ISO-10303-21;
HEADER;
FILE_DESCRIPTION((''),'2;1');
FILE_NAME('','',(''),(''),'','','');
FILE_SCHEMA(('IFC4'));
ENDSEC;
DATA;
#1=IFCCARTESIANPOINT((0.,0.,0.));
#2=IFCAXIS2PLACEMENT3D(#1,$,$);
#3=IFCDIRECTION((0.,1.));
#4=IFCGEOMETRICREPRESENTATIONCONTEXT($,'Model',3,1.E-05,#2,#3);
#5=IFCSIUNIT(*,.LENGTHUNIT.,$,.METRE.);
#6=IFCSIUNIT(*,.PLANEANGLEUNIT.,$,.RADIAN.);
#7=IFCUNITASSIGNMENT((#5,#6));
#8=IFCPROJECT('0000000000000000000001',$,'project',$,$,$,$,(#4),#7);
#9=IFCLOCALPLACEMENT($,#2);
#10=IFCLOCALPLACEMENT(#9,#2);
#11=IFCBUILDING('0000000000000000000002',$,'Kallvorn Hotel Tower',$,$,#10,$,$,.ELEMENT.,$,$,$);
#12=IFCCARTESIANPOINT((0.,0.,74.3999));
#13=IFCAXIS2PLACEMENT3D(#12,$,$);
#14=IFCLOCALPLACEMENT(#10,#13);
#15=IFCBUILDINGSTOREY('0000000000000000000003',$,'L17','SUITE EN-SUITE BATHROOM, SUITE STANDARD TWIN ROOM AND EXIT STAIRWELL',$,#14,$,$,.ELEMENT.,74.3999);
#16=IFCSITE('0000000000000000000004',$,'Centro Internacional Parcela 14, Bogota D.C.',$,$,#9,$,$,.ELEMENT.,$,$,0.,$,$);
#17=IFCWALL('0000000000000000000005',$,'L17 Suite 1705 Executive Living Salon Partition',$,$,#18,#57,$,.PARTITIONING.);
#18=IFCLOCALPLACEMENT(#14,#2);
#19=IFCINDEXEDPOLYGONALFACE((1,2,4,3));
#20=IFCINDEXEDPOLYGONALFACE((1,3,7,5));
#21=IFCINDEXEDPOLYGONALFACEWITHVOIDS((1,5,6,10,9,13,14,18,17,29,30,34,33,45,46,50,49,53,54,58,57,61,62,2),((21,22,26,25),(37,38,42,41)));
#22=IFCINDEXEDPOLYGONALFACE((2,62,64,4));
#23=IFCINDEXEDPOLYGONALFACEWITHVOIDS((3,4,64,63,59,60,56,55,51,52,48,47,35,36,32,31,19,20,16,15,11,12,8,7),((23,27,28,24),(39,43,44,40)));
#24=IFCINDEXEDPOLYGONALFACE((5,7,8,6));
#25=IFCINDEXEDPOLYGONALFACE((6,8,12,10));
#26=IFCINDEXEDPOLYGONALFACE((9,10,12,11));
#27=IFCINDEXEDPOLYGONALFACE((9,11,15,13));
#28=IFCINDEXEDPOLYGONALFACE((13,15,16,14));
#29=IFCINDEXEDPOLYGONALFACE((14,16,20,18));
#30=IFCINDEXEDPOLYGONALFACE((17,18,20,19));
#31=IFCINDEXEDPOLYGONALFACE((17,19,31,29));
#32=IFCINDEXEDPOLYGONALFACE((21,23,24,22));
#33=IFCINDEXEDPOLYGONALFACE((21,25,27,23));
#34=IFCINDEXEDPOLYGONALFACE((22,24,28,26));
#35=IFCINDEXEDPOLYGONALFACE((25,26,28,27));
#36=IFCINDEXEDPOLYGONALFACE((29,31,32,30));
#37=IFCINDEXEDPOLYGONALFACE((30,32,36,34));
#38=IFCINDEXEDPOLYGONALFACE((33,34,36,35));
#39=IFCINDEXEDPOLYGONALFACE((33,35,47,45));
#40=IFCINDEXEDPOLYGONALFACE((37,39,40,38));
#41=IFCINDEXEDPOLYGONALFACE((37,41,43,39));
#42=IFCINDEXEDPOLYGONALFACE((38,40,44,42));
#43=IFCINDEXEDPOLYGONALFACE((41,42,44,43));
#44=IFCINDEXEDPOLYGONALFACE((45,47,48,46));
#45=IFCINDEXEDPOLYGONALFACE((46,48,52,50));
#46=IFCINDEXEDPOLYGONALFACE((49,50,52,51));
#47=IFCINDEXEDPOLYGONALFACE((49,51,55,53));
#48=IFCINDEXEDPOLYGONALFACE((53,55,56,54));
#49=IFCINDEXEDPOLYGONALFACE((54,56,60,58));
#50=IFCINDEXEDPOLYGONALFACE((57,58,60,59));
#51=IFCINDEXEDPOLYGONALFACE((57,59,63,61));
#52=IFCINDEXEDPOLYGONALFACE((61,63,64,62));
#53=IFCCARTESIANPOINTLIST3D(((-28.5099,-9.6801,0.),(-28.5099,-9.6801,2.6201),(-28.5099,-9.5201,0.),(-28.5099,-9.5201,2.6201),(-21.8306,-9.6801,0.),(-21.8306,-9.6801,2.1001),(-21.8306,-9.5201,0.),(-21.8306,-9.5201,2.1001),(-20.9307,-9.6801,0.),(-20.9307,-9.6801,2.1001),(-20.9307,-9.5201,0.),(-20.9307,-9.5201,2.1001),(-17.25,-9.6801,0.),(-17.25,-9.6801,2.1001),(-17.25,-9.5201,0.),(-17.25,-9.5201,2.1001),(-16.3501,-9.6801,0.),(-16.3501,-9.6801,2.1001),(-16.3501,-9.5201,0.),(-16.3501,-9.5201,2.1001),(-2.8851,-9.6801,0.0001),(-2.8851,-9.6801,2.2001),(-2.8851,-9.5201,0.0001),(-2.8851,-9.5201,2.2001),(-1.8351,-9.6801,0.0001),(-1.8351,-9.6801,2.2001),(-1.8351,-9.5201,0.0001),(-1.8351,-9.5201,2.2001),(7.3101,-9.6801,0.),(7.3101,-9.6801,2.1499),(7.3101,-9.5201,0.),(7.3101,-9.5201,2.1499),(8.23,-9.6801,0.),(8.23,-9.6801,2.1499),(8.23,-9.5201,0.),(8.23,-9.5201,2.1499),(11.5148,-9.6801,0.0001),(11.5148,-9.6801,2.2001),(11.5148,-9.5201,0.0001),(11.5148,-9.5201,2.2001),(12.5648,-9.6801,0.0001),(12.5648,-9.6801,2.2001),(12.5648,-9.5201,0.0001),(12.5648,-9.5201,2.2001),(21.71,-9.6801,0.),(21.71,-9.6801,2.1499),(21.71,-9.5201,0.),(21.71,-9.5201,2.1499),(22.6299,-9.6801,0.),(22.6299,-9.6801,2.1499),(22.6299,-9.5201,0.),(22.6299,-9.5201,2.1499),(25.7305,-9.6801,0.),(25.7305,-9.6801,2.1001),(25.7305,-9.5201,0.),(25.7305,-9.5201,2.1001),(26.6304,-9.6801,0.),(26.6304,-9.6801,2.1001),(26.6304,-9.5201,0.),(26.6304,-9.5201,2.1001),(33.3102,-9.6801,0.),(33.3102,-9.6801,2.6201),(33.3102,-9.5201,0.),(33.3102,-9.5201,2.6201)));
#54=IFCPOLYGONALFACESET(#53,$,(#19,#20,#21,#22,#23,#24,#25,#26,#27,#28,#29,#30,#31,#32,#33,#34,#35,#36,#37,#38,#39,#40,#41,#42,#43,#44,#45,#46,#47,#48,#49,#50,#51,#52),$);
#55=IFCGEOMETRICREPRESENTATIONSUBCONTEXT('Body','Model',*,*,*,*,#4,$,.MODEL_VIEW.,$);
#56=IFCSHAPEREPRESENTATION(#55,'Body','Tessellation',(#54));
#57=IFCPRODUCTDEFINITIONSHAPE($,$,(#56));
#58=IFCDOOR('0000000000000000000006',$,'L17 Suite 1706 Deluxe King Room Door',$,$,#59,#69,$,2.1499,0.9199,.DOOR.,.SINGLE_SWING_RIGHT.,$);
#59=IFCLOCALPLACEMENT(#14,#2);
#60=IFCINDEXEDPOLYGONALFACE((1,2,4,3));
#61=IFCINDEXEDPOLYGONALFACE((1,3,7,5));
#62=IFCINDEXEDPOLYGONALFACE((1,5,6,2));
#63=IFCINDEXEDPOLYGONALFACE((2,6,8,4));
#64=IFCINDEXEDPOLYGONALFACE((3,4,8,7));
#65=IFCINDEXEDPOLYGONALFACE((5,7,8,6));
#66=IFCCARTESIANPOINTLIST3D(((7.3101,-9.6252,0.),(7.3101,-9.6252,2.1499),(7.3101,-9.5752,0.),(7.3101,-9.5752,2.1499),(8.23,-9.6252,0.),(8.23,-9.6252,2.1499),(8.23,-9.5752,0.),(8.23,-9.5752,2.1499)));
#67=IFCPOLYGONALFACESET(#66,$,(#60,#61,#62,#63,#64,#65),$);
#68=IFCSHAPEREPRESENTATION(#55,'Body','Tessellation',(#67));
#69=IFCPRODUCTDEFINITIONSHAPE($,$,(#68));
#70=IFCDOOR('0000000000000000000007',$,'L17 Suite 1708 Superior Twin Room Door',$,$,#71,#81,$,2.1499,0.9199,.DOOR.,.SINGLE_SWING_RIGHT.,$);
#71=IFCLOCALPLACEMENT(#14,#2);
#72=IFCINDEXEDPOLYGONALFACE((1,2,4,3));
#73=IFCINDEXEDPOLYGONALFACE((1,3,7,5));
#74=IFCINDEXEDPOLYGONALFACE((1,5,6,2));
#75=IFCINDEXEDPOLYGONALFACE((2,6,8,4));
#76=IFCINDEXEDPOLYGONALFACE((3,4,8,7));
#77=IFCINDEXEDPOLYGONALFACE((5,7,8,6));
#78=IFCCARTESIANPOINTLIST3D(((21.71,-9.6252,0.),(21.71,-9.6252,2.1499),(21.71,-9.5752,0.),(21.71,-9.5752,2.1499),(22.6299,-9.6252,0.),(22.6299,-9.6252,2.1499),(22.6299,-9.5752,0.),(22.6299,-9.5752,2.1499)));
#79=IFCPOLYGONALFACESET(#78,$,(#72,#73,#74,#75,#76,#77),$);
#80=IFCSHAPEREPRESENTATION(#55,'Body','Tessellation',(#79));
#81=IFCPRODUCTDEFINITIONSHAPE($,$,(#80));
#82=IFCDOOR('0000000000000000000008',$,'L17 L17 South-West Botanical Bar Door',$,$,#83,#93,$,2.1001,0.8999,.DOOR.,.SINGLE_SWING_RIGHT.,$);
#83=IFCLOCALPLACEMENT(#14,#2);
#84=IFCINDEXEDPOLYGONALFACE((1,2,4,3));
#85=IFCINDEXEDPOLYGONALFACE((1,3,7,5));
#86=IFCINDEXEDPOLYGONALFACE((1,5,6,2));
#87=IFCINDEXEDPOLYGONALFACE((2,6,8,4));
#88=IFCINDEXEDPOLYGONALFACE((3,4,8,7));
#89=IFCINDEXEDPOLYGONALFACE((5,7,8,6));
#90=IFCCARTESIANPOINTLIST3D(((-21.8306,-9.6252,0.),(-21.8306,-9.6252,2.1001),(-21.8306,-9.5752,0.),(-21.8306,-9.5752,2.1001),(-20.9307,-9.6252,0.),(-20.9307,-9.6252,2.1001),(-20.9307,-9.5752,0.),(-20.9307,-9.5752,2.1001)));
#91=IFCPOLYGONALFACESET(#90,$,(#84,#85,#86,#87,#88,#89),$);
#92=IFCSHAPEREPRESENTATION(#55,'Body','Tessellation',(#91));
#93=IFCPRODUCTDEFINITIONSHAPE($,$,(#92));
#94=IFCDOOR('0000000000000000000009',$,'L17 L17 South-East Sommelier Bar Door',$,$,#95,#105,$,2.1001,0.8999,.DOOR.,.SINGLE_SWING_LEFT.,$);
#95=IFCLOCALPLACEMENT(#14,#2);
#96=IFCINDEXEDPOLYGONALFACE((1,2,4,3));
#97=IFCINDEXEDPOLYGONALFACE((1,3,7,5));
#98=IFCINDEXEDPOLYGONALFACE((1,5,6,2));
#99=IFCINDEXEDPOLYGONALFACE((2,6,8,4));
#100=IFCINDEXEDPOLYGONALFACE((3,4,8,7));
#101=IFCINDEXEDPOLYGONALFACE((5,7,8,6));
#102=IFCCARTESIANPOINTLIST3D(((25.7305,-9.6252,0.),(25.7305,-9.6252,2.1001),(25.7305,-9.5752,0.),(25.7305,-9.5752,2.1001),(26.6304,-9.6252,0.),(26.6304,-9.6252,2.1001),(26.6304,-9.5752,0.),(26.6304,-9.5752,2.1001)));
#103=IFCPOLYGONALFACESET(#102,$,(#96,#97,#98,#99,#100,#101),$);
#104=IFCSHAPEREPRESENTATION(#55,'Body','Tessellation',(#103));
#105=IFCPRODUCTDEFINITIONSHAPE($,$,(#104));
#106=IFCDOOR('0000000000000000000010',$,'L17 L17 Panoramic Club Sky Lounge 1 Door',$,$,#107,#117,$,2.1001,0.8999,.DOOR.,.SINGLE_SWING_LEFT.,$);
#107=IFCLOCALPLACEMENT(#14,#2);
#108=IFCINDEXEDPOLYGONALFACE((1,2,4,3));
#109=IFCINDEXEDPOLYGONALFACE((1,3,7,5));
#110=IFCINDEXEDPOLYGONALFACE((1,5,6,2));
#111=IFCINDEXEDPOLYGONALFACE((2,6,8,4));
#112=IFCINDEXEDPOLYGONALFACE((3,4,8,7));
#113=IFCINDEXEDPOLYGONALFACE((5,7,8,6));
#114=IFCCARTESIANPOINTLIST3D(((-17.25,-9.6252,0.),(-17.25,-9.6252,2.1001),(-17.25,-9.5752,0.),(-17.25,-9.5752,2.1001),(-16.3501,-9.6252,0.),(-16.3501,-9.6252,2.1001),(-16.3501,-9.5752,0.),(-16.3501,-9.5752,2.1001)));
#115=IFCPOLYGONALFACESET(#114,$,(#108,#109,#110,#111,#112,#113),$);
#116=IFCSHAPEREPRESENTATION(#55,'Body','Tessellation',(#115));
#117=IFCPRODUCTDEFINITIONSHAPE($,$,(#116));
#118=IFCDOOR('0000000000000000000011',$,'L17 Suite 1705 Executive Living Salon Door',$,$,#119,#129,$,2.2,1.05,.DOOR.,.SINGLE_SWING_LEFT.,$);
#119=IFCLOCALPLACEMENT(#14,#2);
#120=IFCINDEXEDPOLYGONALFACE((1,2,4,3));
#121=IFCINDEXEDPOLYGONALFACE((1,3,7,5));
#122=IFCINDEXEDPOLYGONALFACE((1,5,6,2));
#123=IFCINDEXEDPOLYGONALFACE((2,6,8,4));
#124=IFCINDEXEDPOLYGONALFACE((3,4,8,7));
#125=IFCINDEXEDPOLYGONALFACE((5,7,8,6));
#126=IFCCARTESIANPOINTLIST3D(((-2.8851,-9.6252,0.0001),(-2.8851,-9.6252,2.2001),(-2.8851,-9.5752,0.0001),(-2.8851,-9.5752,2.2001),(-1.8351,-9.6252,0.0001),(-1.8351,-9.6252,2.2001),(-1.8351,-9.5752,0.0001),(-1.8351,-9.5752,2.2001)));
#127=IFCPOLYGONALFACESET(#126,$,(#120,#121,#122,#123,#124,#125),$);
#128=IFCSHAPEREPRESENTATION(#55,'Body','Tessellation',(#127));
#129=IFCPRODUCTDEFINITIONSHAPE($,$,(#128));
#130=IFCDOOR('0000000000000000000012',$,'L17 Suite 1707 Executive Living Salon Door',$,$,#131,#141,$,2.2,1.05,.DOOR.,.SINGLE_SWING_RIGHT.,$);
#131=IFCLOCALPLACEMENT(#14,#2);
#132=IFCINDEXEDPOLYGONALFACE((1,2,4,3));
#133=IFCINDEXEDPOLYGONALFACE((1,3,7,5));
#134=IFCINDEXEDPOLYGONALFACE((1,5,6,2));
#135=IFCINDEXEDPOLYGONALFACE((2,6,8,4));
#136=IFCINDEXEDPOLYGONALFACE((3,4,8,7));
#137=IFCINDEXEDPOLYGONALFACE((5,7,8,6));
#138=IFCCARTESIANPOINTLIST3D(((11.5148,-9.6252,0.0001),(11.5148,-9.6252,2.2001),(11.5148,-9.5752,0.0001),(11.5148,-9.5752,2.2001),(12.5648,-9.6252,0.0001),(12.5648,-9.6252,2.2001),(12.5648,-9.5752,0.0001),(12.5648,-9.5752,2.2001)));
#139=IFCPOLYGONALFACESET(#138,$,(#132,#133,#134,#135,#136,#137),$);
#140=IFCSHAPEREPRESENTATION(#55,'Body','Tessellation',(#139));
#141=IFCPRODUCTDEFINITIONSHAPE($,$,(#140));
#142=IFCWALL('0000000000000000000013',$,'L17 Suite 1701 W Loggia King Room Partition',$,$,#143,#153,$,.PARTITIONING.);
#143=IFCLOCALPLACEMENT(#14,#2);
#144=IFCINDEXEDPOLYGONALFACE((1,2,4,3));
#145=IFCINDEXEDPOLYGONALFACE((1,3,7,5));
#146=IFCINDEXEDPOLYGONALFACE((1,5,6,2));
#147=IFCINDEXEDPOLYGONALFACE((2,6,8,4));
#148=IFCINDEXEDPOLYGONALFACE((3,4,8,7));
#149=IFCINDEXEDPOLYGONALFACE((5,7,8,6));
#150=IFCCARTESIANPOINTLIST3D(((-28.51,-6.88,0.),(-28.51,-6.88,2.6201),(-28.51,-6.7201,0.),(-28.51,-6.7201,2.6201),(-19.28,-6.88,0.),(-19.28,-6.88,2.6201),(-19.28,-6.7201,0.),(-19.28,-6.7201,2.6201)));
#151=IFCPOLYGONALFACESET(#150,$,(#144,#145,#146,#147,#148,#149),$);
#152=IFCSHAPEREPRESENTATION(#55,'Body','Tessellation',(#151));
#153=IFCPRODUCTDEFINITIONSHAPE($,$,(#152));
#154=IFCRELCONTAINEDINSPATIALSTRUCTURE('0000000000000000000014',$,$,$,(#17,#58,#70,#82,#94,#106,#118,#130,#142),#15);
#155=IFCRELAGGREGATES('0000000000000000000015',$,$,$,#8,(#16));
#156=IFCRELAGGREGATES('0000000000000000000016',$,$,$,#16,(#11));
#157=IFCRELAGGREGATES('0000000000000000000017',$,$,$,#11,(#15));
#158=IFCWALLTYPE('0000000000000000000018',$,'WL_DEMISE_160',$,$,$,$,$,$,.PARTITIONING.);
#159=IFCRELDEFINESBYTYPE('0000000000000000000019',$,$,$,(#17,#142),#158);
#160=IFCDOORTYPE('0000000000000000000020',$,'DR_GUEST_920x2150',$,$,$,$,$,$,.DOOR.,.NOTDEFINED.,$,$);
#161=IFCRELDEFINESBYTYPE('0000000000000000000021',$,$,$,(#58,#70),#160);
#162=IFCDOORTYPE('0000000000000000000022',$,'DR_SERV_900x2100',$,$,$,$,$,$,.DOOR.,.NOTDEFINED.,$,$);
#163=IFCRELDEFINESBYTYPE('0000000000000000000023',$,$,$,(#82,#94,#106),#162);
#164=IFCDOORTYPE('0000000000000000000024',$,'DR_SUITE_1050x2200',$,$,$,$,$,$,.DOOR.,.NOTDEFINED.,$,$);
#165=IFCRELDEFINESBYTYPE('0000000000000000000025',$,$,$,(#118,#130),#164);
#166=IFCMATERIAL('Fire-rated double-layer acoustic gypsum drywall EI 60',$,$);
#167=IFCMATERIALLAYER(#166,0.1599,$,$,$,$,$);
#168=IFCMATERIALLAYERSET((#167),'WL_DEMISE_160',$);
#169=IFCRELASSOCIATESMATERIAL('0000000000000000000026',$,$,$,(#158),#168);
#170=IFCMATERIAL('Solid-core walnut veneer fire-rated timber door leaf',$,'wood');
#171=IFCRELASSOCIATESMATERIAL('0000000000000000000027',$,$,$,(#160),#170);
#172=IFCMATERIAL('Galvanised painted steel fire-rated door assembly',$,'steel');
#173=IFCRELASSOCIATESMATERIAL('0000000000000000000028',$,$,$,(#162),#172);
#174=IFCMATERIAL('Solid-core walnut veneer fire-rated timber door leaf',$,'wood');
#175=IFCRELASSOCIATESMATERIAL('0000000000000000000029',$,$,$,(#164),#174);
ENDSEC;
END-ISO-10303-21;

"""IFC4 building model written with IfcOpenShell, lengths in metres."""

from ifc_helpers import new_model, si_unit, direction, frame, frame_2d, origin, place, context, subcontext, project, spatial, rectangle, extrude, material, layer, layer_set, type_object, element, fill, save


model = new_model("IFC4")

# Units and contexts
model_context = context("Model", 3, precision=1e-05, world=origin(), true_north=direction((0.0, 1.0)))
body_context = subcontext(model_context, "Body", "Model", "MODEL_VIEW")
ifc_project = project(units=[si_unit("LENGTHUNIT", "METRE"), si_unit("PLANEANGLEUNIT", "RADIAN")], contexts=[model_context])

# Site, building, storey
site_placement = place(None, origin())
site = spatial("IfcSite", under=ifc_project, at=site_placement, Name="Centro Internacional Parcela 14, Bogota D.C.", CompositionType="ELEMENT", RefElevation=0.0)
building_placement = place(site_placement, origin())
building = spatial("IfcBuilding", under=site, at=building_placement, Name="Kallvorn Hotel Tower", CompositionType="ELEMENT")
storey_placement = place(building_placement, frame((0.0, 0.0, 74.3999)))
storey = spatial("IfcBuildingStorey", under=building, at=storey_placement, Name="L17", Description="SUITE EN-SUITE BATHROOM, SUITE STANDARD TWIN ROOM AND EXIT STAIRWELL", CompositionType="ELEMENT", Elevation=74.3999)

# Wall, openings, doors
ifc_material_1 = material(Name="Fire-rated double-layer acoustic gypsum drywall EI 60")
ifc_layer = layer(ifc_material_1, 0.1599)
ifc_layer_set = layer_set([ifc_layer], Name="WL_DEMISE_160")
wall_type = type_object("IfcWallType", Name="WL_DEMISE_160", PredefinedType="PARTITIONING", material=ifc_layer_set)
wall_1_placement = place(storey_placement, frame((-28.51, -9.6001, 0.0), z_axis=(0.0, 0.0, 1.0), x_axis=(1.0, 0.0, 0.0)))
wall_1 = element("IfcWall", 1, at=wall_1_placement, inside=storey, type_object=wall_type, Name="L17 Suite 1705 Executive Living Salon Partition", PredefinedType="PARTITIONING", context=body_context, shape_type="SweptSolid", body=[
    extrude(rectangle(XDim=61.8201, YDim=0.1599, at=frame_2d((30.9102, 0.0))), origin(), (0.0, 0.0, 1.0), 2.6201),
])
opening_1_placement = place(wall_1_placement, frame((6.6794, 0.0, 0.0)))
opening_1 = element("IfcOpeningElement", 2, at=opening_1_placement, cuts=wall_1, PredefinedType="OPENING", context=body_context, shape_type="SweptSolid", body=[
    extrude(rectangle(XDim=0.8999, YDim=2.1001, at=frame_2d((0.45, 1.05))), frame((0.0, 0.095, 0.0), z_axis=(0.0, -1.0, 0.0), x_axis=(1.0, 0.0, 0.0)), (0.0, 0.0, 1.0), 0.1899),
])
opening_2_placement = place(wall_1_placement, frame((54.2405, 0.0, 0.0)))
opening_2 = element("IfcOpeningElement", 3, at=opening_2_placement, cuts=wall_1, PredefinedType="OPENING", context=body_context, shape_type="SweptSolid", body=[
    extrude(rectangle(XDim=0.8999, YDim=2.1001, at=frame_2d((0.45, 1.05))), frame((0.0, 0.095, 0.0), z_axis=(0.0, -1.0, 0.0), x_axis=(1.0, 0.0, 0.0)), (0.0, 0.0, 1.0), 0.1899),
])
opening_3_placement = place(wall_1_placement, frame((11.26, 0.0, 0.0)))
opening_3 = element("IfcOpeningElement", 4, at=opening_3_placement, cuts=wall_1, PredefinedType="OPENING", context=body_context, shape_type="SweptSolid", body=[
    extrude(rectangle(XDim=0.8999, YDim=2.1001, at=frame_2d((0.45, 1.05))), frame((0.0, 0.095, 0.0), z_axis=(0.0, -1.0, 0.0), x_axis=(1.0, 0.0, 0.0)), (0.0, 0.0, 1.0), 0.1899),
])
opening_4_placement = place(wall_1_placement, frame((25.625, 0.0, 0.0)))
opening_4 = element("IfcOpeningElement", 5, at=opening_4_placement, cuts=wall_1, PredefinedType="OPENING", context=body_context, shape_type="SweptSolid", body=[
    extrude(rectangle(XDim=1.05, YDim=2.2, at=frame_2d((0.5249, 1.1001))), frame((0.0, 0.095, 0.0), z_axis=(0.0, -1.0, 0.0), x_axis=(1.0, 0.0, 0.0)), (0.0, 0.0, 1.0), 0.1899),
])
opening_5_placement = place(wall_1_placement, frame((35.8201, 0.0, 0.0)))
opening_5 = element("IfcOpeningElement", 6, at=opening_5_placement, cuts=wall_1, PredefinedType="OPENING", context=body_context, shape_type="SweptSolid", body=[
    extrude(rectangle(XDim=0.9199, YDim=2.1499, at=frame_2d((0.46, 1.075))), frame((0.0, 0.095, 0.0), z_axis=(0.0, -1.0, 0.0), x_axis=(1.0, 0.0, 0.0)), (0.0, 0.0, 1.0), 0.1899),
])
opening_6_placement = place(wall_1_placement, frame((40.0249, 0.0, 0.0)))
opening_6 = element("IfcOpeningElement", 7, at=opening_6_placement, cuts=wall_1, PredefinedType="OPENING", context=body_context, shape_type="SweptSolid", body=[
    extrude(rectangle(XDim=1.05, YDim=2.2, at=frame_2d((0.5249, 1.1001))), frame((0.0, 0.095, 0.0), z_axis=(0.0, -1.0, 0.0), x_axis=(1.0, 0.0, 0.0)), (0.0, 0.0, 1.0), 0.1899),
])
opening_7_placement = place(wall_1_placement, frame((50.22, 0.0, 0.0)))
opening_7 = element("IfcOpeningElement", 8, at=opening_7_placement, cuts=wall_1, PredefinedType="OPENING", context=body_context, shape_type="SweptSolid", body=[
    extrude(rectangle(XDim=0.9199, YDim=2.1499, at=frame_2d((0.46, 1.075))), frame((0.0, 0.095, 0.0), z_axis=(0.0, -1.0, 0.0), x_axis=(1.0, 0.0, 0.0)), (0.0, 0.0, 1.0), 0.1899),
])
ifc_material_2 = material(Name="Solid-core walnut veneer fire-rated timber door leaf", Category="wood")
door_type_1 = type_object("IfcDoorType", Name="DR_GUEST_920x2150", OperationType="NOTDEFINED", PredefinedType="DOOR", material=ifc_material_2)
door_1_placement = place(opening_5_placement, origin())
door_1 = element("IfcDoor", 9, at=door_1_placement, inside=storey, type_object=door_type_1, Name="L17 Suite 1706 Deluxe King Room Door", OperationType="SINGLE_SWING_RIGHT", OverallHeight=2.1499, OverallWidth=0.9199, PredefinedType="DOOR", context=body_context, shape_type="SweptSolid", body=[
    extrude(rectangle(XDim=0.9199, YDim=2.1499, at=frame_2d((0.46, 1.075))), frame((0.0, 0.0249, 0.0), z_axis=(0.0, -1.0, 0.0), x_axis=(1.0, 0.0, 0.0)), (0.0, 0.0, 1.0), 0.05),
])
fill(opening_5, door_1)
door_2_placement = place(opening_7_placement, origin())
door_2 = element("IfcDoor", 10, at=door_2_placement, inside=storey, type_object=door_type_1, Name="L17 Suite 1708 Superior Twin Room Door", OperationType="SINGLE_SWING_RIGHT", OverallHeight=2.1499, OverallWidth=0.9199, PredefinedType="DOOR", context=body_context, shape_type="SweptSolid", body=[
    extrude(rectangle(XDim=0.9199, YDim=2.1499, at=frame_2d((0.46, 1.075))), frame((0.0, 0.0249, 0.0), z_axis=(0.0, -1.0, 0.0), x_axis=(1.0, 0.0, 0.0)), (0.0, 0.0, 1.0), 0.05),
])
fill(opening_7, door_2)
ifc_material_3 = material(Name="Galvanised painted steel fire-rated door assembly", Category="steel")
door_type_2 = type_object("IfcDoorType", Name="DR_SERV_900x2100", OperationType="NOTDEFINED", PredefinedType="DOOR", material=ifc_material_3)
door_3_placement = place(opening_1_placement, origin())
door_3 = element("IfcDoor", 11, at=door_3_placement, inside=storey, type_object=door_type_2, Name="L17 L17 South-West Botanical Bar Door", OperationType="SINGLE_SWING_RIGHT", OverallHeight=2.1001, OverallWidth=0.8999, PredefinedType="DOOR", context=body_context, shape_type="SweptSolid", body=[
    extrude(rectangle(XDim=0.8999, YDim=2.1001, at=frame_2d((0.45, 1.05))), frame((0.0, 0.0249, 0.0), z_axis=(0.0, -1.0, 0.0), x_axis=(1.0, 0.0, 0.0)), (0.0, 0.0, 1.0), 0.05),
])
fill(opening_1, door_3)
door_4_placement = place(opening_2_placement, origin())
door_4 = element("IfcDoor", 12, at=door_4_placement, inside=storey, type_object=door_type_2, Name="L17 L17 South-East Sommelier Bar Door", OperationType="SINGLE_SWING_LEFT", OverallHeight=2.1001, OverallWidth=0.8999, PredefinedType="DOOR", context=body_context, shape_type="SweptSolid", body=[
    extrude(rectangle(XDim=0.8999, YDim=2.1001, at=frame_2d((0.45, 1.05))), frame((0.0, 0.0249, 0.0), z_axis=(0.0, -1.0, 0.0), x_axis=(1.0, 0.0, 0.0)), (0.0, 0.0, 1.0), 0.05),
])
fill(opening_2, door_4)
door_5_placement = place(opening_3_placement, origin())
door_5 = element("IfcDoor", 13, at=door_5_placement, inside=storey, type_object=door_type_2, Name="L17 L17 Panoramic Club Sky Lounge 1 Door", OperationType="SINGLE_SWING_LEFT", OverallHeight=2.1001, OverallWidth=0.8999, PredefinedType="DOOR", context=body_context, shape_type="SweptSolid", body=[
    extrude(rectangle(XDim=0.8999, YDim=2.1001, at=frame_2d((0.45, 1.05))), frame((0.0, 0.0249, 0.0), z_axis=(0.0, -1.0, 0.0), x_axis=(1.0, 0.0, 0.0)), (0.0, 0.0, 1.0), 0.05),
])
fill(opening_3, door_5)
ifc_material_4 = material(Name="Solid-core walnut veneer fire-rated timber door leaf", Category="wood")
door_type_3 = type_object("IfcDoorType", Name="DR_SUITE_1050x2200", OperationType="NOTDEFINED", PredefinedType="DOOR", material=ifc_material_4)
door_6_placement = place(opening_4_placement, origin())
door_6 = element("IfcDoor", 14, at=door_6_placement, inside=storey, type_object=door_type_3, Name="L17 Suite 1705 Executive Living Salon Door", OperationType="SINGLE_SWING_LEFT", OverallHeight=2.2, OverallWidth=1.05, PredefinedType="DOOR", context=body_context, shape_type="SweptSolid", body=[
    extrude(rectangle(XDim=1.05, YDim=2.2, at=frame_2d((0.5249, 1.1001))), frame((0.0, 0.0249, 0.0), z_axis=(0.0, -1.0, 0.0), x_axis=(1.0, 0.0, 0.0)), (0.0, 0.0, 1.0), 0.05),
])
fill(opening_4, door_6)
door_7_placement = place(opening_6_placement, origin())
door_7 = element("IfcDoor", 15, at=door_7_placement, inside=storey, type_object=door_type_3, Name="L17 Suite 1707 Executive Living Salon Door", OperationType="SINGLE_SWING_RIGHT", OverallHeight=2.2, OverallWidth=1.05, PredefinedType="DOOR", context=body_context, shape_type="SweptSolid", body=[
    extrude(rectangle(XDim=1.05, YDim=2.2, at=frame_2d((0.5249, 1.1001))), frame((0.0, 0.0249, 0.0), z_axis=(0.0, -1.0, 0.0), x_axis=(1.0, 0.0, 0.0)), (0.0, 0.0, 1.0), 0.05),
])
fill(opening_6, door_7)

# Wall
wall_2_placement = place(storey_placement, frame((-28.51, -6.8, 0.0), z_axis=(0.0, 0.0, 1.0), x_axis=(1.0, 0.0, 0.0)))
element("IfcWall", 16, at=wall_2_placement, inside=storey, type_object=wall_type, Name="L17 Suite 1701 W Loggia King Room Partition", PredefinedType="PARTITIONING", context=body_context, shape_type="SweptSolid", body=[
    extrude(rectangle(XDim=9.23, YDim=0.1599, at=frame_2d((4.615, 0.0))), origin(), (0.0, 0.0, 1.0), 2.6201),
])

save(model, "model.ifc")
